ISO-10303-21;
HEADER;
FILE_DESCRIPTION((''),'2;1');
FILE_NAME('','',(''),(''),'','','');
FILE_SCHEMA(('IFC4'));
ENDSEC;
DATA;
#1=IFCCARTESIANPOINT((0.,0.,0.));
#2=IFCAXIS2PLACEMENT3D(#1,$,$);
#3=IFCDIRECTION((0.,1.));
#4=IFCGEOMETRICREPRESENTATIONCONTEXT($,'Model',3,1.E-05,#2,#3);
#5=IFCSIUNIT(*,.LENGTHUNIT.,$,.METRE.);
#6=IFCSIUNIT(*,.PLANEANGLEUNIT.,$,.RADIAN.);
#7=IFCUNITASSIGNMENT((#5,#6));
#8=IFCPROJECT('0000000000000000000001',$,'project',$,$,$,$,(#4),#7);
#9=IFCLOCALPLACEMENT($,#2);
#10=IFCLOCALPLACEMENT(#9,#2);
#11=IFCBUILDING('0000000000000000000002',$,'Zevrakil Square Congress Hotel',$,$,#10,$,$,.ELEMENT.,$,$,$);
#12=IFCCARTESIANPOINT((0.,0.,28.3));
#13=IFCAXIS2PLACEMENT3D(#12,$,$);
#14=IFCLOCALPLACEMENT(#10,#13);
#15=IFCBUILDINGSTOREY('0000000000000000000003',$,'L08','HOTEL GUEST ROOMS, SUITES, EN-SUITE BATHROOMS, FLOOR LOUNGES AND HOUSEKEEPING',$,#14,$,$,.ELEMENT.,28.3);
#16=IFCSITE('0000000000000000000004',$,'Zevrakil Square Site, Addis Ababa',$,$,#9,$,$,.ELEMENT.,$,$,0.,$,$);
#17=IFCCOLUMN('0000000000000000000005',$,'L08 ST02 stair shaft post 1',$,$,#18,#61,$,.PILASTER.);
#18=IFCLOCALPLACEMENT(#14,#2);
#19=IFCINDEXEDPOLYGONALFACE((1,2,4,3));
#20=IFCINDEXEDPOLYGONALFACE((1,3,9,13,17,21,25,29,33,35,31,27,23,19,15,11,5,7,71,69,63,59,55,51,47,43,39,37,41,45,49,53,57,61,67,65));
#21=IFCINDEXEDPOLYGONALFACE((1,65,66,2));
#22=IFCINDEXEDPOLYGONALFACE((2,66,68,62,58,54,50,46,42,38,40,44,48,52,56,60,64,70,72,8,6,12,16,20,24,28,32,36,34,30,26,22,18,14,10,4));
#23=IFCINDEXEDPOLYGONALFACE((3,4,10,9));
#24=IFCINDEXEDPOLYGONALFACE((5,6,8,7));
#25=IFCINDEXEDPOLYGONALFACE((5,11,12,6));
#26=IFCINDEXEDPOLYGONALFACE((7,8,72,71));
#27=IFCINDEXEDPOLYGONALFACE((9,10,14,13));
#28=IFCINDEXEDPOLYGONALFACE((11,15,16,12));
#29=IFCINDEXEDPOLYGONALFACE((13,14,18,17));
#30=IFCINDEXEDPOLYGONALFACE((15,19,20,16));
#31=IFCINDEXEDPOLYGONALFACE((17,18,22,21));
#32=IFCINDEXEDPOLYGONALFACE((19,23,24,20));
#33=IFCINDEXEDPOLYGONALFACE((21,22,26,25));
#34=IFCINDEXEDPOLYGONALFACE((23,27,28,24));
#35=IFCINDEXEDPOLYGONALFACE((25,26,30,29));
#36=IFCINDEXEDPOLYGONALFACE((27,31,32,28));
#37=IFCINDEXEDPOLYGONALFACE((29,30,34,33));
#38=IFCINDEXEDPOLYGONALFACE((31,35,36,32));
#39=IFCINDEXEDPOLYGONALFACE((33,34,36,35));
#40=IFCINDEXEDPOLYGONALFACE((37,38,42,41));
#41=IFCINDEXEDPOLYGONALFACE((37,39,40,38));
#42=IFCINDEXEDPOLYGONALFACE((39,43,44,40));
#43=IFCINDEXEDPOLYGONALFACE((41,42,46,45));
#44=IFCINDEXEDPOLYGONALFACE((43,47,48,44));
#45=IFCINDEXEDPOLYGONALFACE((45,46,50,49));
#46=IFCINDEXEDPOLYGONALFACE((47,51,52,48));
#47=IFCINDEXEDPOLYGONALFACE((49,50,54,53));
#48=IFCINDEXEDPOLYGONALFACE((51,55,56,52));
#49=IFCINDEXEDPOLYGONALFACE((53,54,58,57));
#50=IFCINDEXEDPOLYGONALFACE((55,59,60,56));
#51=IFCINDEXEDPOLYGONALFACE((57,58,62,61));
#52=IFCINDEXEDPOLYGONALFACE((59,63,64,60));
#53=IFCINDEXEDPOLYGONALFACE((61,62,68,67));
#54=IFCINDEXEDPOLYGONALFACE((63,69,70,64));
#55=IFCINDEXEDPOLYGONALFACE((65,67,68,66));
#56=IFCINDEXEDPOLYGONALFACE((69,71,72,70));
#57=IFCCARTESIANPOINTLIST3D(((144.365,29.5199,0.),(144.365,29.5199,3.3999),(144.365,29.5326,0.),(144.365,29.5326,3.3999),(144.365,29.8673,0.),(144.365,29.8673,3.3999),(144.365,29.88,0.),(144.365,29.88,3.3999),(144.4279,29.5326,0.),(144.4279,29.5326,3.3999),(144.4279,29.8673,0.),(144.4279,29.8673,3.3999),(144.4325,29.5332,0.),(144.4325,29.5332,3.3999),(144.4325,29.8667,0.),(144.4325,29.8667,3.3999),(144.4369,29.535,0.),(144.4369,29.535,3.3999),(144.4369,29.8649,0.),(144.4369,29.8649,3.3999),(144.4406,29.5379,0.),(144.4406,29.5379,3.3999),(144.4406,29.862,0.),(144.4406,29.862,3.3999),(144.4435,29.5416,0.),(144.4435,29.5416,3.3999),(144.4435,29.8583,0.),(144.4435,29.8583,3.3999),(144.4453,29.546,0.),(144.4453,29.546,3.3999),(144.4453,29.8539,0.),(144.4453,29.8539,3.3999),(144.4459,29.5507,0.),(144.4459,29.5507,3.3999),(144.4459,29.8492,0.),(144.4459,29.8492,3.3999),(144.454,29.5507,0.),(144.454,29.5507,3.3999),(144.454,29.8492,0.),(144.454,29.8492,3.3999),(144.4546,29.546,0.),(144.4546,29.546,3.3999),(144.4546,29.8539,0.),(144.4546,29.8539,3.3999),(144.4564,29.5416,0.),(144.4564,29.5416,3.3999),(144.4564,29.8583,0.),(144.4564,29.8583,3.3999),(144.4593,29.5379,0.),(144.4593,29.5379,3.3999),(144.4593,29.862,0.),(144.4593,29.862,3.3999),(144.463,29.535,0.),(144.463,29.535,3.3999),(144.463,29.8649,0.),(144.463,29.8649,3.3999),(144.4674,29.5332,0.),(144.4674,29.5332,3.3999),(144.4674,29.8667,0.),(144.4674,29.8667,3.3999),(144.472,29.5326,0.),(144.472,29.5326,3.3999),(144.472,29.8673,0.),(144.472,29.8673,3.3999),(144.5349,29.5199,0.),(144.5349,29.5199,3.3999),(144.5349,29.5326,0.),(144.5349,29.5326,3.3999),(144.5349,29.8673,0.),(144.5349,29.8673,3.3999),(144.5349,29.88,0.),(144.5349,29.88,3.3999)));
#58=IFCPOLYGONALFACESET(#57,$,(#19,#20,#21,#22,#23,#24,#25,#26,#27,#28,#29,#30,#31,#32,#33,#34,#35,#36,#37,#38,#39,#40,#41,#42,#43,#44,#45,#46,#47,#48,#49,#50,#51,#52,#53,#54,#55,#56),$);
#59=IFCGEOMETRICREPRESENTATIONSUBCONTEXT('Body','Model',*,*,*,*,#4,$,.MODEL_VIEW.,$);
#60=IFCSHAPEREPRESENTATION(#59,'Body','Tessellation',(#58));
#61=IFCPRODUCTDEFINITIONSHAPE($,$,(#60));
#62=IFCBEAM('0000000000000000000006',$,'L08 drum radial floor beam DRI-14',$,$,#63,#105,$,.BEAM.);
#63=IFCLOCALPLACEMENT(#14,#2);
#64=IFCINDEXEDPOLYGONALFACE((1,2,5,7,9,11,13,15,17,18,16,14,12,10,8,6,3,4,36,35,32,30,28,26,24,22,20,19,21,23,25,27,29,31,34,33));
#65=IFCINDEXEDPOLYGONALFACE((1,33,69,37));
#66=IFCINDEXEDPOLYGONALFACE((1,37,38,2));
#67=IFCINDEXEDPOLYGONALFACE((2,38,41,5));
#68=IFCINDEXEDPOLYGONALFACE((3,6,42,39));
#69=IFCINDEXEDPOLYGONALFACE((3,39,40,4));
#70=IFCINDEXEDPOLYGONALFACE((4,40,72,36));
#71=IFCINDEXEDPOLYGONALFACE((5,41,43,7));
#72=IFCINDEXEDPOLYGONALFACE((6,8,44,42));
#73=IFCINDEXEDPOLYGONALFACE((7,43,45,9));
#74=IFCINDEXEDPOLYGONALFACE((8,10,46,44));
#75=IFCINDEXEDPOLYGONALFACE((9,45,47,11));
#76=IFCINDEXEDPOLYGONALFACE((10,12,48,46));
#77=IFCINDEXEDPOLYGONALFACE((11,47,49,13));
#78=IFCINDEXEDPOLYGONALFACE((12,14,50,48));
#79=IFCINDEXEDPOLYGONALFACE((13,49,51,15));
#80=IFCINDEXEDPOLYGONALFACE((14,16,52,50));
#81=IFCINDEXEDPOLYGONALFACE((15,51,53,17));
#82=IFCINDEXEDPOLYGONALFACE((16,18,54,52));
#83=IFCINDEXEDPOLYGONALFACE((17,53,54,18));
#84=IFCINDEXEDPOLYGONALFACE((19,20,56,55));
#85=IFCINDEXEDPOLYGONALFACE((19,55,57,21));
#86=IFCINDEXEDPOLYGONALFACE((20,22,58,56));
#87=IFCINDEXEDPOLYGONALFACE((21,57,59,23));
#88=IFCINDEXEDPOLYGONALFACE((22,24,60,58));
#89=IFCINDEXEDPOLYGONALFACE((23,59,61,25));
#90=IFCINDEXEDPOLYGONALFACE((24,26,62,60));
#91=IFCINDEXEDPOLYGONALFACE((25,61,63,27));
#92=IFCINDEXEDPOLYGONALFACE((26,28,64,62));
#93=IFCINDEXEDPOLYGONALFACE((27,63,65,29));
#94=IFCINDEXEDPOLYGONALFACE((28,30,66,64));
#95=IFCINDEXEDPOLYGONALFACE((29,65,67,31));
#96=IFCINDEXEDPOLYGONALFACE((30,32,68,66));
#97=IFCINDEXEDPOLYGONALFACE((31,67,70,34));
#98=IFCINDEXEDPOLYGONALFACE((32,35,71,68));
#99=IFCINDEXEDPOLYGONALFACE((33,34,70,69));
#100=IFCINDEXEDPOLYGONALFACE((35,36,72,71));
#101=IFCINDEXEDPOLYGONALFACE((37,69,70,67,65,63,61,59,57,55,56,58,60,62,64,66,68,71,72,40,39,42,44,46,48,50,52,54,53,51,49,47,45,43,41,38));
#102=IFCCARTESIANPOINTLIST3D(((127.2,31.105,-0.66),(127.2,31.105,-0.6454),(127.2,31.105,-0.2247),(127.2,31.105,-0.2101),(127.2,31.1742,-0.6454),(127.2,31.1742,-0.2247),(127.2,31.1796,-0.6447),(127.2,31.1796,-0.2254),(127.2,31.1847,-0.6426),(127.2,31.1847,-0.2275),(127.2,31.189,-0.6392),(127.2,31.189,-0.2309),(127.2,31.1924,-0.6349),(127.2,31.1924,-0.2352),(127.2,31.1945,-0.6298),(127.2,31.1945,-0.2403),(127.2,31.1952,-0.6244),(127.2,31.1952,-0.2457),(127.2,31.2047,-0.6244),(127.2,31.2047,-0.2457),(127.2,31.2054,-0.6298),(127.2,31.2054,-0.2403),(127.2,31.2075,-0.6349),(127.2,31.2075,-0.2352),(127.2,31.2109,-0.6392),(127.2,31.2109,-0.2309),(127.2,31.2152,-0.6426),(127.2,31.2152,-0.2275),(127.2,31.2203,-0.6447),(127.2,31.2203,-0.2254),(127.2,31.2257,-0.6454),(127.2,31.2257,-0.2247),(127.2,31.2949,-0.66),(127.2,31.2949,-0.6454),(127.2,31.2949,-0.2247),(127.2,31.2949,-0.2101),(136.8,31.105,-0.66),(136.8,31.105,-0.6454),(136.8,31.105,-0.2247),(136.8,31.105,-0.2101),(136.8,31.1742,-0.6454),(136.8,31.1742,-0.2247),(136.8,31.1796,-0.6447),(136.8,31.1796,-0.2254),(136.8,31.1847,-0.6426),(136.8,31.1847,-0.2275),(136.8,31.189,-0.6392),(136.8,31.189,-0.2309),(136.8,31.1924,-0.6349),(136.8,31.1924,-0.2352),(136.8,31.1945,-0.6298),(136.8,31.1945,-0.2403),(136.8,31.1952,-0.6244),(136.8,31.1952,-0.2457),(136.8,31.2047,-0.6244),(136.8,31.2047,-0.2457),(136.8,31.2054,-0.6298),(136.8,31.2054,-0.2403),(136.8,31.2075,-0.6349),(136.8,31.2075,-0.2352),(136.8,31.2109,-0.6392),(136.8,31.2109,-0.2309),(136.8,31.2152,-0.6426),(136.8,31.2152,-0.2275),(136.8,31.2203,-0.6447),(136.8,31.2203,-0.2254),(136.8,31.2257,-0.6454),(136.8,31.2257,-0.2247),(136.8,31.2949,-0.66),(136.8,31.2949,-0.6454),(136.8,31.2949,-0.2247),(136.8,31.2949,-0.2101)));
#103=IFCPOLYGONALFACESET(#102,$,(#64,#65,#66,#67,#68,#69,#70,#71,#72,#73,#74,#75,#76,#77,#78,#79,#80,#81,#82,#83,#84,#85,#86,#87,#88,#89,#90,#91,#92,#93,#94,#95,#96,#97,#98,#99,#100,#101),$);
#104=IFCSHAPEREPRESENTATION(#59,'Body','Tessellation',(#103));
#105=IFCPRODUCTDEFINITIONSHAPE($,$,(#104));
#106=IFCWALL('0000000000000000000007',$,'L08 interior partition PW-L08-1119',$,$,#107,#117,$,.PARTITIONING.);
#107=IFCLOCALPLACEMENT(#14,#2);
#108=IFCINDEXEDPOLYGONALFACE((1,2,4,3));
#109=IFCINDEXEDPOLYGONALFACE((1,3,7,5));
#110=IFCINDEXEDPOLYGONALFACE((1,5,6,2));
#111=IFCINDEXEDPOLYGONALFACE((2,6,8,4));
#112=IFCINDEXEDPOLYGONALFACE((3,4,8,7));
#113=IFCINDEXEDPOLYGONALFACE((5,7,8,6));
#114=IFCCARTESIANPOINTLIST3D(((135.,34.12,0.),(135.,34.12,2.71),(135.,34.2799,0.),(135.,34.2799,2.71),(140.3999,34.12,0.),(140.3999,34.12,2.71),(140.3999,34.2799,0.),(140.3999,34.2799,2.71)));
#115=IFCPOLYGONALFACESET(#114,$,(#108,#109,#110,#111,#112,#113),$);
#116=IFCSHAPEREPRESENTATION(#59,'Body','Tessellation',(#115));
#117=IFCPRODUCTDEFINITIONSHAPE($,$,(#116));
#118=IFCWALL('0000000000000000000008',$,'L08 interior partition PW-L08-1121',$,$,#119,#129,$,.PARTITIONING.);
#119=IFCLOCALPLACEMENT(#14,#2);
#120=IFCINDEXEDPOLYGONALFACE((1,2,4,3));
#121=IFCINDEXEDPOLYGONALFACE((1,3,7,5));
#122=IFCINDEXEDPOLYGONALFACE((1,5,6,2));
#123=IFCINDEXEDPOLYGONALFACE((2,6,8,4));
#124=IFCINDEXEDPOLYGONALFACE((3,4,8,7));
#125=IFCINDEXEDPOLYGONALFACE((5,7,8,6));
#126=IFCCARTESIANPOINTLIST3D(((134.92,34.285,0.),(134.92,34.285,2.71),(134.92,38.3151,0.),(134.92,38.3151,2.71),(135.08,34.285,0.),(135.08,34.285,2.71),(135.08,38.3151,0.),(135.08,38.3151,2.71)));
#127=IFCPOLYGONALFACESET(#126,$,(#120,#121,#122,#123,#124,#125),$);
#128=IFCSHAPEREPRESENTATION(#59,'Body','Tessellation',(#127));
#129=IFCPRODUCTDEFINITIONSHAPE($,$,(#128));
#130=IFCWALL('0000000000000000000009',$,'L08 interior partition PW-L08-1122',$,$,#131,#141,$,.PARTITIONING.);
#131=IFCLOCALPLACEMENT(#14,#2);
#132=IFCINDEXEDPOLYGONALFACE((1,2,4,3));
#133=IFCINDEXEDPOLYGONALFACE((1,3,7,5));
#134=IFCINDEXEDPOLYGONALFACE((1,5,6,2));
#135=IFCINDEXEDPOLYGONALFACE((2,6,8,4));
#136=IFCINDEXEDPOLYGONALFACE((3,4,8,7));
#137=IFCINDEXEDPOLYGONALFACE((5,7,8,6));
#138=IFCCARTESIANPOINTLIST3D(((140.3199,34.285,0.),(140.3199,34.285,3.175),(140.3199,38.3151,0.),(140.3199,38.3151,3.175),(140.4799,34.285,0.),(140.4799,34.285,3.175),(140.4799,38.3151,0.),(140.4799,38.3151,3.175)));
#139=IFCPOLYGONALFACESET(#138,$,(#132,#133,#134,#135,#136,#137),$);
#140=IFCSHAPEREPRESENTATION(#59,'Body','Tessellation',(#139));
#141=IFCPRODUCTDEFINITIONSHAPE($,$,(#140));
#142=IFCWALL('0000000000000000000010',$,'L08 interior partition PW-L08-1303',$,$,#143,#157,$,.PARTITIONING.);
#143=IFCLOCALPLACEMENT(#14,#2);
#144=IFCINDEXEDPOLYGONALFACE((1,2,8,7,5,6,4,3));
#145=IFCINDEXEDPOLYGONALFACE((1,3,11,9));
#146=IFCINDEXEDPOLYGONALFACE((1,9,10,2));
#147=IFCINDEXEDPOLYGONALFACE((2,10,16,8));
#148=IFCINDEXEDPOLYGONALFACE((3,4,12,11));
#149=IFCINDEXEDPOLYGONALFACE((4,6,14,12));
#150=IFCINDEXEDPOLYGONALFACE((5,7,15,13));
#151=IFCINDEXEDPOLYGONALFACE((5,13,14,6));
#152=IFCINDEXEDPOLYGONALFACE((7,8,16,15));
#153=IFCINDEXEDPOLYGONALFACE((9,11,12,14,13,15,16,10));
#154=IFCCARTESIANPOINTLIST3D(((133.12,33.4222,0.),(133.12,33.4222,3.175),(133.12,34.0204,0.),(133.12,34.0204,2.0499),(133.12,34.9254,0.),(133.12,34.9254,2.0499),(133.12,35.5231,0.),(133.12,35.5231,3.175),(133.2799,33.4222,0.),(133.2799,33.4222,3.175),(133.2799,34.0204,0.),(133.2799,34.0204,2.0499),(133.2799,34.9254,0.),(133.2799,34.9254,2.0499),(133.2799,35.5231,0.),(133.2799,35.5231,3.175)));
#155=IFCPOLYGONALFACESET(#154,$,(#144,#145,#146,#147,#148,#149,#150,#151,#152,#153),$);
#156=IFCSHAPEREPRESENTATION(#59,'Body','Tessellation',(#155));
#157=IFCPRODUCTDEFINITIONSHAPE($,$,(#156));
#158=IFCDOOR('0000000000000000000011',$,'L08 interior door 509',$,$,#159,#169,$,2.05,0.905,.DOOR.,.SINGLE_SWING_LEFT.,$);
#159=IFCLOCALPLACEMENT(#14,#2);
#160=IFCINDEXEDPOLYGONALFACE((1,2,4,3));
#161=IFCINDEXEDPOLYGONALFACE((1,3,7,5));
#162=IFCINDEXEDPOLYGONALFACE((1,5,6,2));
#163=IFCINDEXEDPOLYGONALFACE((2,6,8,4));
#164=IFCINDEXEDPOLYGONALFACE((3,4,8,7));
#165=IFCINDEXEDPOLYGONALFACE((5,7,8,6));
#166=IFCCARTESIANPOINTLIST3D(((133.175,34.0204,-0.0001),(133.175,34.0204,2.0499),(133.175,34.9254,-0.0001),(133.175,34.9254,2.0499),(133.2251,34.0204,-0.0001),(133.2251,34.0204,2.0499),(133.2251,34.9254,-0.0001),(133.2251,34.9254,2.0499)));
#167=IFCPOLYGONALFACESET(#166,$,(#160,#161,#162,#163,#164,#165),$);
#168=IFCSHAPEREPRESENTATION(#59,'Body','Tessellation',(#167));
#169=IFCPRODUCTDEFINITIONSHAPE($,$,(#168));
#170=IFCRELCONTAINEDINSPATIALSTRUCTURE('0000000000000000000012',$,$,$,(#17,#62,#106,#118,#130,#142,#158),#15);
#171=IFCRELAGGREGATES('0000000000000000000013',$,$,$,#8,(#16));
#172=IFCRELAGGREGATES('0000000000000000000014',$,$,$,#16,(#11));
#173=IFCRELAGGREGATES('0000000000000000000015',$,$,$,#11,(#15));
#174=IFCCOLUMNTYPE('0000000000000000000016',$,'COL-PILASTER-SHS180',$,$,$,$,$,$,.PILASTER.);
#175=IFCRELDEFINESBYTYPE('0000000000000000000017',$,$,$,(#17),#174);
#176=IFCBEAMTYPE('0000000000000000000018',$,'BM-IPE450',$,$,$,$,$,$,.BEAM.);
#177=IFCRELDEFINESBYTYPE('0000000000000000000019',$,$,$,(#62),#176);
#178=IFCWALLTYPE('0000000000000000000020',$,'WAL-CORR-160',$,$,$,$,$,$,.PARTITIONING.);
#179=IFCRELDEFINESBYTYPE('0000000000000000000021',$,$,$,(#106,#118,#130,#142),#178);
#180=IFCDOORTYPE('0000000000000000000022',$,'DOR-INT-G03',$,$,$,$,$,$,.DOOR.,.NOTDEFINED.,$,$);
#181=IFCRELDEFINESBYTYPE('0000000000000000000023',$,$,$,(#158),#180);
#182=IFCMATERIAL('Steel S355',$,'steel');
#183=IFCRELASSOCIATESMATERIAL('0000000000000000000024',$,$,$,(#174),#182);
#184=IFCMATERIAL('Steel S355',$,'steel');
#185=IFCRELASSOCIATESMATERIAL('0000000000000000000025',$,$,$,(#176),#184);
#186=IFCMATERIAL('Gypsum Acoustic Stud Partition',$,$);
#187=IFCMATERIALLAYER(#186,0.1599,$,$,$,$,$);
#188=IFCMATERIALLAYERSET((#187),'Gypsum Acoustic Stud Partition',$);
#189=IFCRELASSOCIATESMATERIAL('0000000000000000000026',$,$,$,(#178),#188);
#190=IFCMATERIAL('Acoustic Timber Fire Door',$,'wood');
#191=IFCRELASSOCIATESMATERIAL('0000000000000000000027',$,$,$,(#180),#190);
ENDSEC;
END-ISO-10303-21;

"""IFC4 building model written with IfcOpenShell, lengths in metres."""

from ifc_helpers import new_model, si_unit, direction, frame, frame_2d, origin, origin_2d, place, context, subcontext, project, spatial, rectangle, i_section, extrude, material, layer, layer_set, material_profile, profile_set, type_object, element, fill, save


model = new_model("IFC4")

# Units and contexts
model_context = context("Model", 3, precision=1e-05, world=origin(), true_north=direction((0.0, 1.0)))
body_context = subcontext(model_context, "Body", "Model", "MODEL_VIEW")
ifc_project = project(units=[si_unit("LENGTHUNIT", "METRE"), si_unit("PLANEANGLEUNIT", "RADIAN")], contexts=[model_context])

# Site, building, storey
site_placement = place(None, origin())
site = spatial("IfcSite", under=ifc_project, at=site_placement, Name="Zevrakil Square Site, Addis Ababa", CompositionType="ELEMENT", RefElevation=0.0)
building_placement = place(site_placement, origin())
building = spatial("IfcBuilding", under=site, at=building_placement, Name="Zevrakil Square Congress Hotel", CompositionType="ELEMENT")
storey_placement = place(building_placement, frame((0.0, 0.0, 28.3)))
storey = spatial("IfcBuildingStorey", under=building, at=storey_placement, Name="L08", Description="HOTEL GUEST ROOMS, SUITES, EN-SUITE BATHROOMS, FLOOR LOUNGES AND HOUSEKEEPING", CompositionType="ELEMENT", Elevation=28.3)

# Column
ifc_material_1 = material(Name="Steel S355", Category="steel")
ifc_material_profile_1 = material_profile(ifc_material_1, i_section(OverallWidth=0.1699, OverallDepth=0.3601, WebThickness=0.0081, FlangeThickness=0.0127, FilletRadius=0.0181, at=origin_2d()), Name="IPE 360")
ifc_profile_set_1 = profile_set([ifc_material_profile_1], Name="Steel S355")
column_type = type_object("IfcColumnType", Name="COL-PILASTER-SHS180", PredefinedType="PILASTER", material=ifc_profile_set_1)
column_placement = place(storey_placement, frame((144.45, 29.7, 0.0), z_axis=(0.0, 0.0, 1.0), x_axis=(1.0, 0.0, 0.0)))
element("IfcColumn", 1, at=column_placement, inside=storey, type_object=column_type, Name="L08 ST02 stair shaft post 1", PredefinedType="PILASTER", context=body_context, shape_type="SweptSolid", body=[
    extrude(i_section(OverallWidth=0.1699, OverallDepth=0.3601, WebThickness=0.0081, FlangeThickness=0.0127, FilletRadius=0.0181, at=origin_2d()), origin(), (0.0, 0.0, 1.0), 3.3999),
])

# Beam
ifc_material_2 = material(Name="Steel S355", Category="steel")
ifc_material_profile_2 = material_profile(ifc_material_2, i_section(OverallWidth=0.1899, OverallDepth=0.45, WebThickness=0.0095, FlangeThickness=0.0146, FilletRadius=0.021, at=origin_2d()), Name="IPE 450")
ifc_profile_set_2 = profile_set([ifc_material_profile_2], Name="Steel S355")
beam_type = type_object("IfcBeamType", Name="BM-IPE450", PredefinedType="BEAM", material=ifc_profile_set_2)
beam_placement = place(storey_placement, frame((136.8, 31.2, -0.4351), z_axis=(-1.0, 0.0, 0.0), x_axis=(0.0, -1.0, 0.0)))
element("IfcBeam", 2, at=beam_placement, inside=storey, type_object=beam_type, Name="L08 drum radial floor beam DRI-14", PredefinedType="BEAM", context=body_context, shape_type="SweptSolid", body=[
    extrude(i_section(OverallWidth=0.1899, OverallDepth=0.45, WebThickness=0.0095, FlangeThickness=0.0146, FilletRadius=0.021, at=origin_2d()), origin(), (0.0, 0.0, 1.0), 9.6001),
])

# Walls
ifc_material_3 = material(Name="Gypsum Acoustic Stud Partition")
ifc_layer_1 = layer(ifc_material_3, 0.1599)
ifc_layer_set_1 = layer_set([ifc_layer_1], Name="Gypsum Acoustic Stud Partition")
wall_type_1 = type_object("IfcWallType", Name="WAL-CORR-160", PredefinedType="PARTITIONING", material=ifc_layer_set_1)
wall_1_placement = place(storey_placement, frame((135.0, 34.2, 0.0), z_axis=(0.0, 0.0, 1.0), x_axis=(1.0, 0.0, 0.0)))
element("IfcWall", 3, at=wall_1_placement, inside=storey, type_object=wall_type_1, Name="L08 interior partition PW-L08-1119", PredefinedType="PARTITIONING", context=body_context, shape_type="SweptSolid", body=[
    extrude(rectangle(XDim=5.3999, YDim=0.1599, at=frame_2d((2.7, 0.0))), origin(), (0.0, 0.0, 1.0), 2.71),
])
wall_2_placement = place(storey_placement, frame((135.0, 34.2849, 0.0), z_axis=(0.0, 0.0, 1.0), x_axis=(0.0, 1.0, 0.0)))
element("IfcWall", 4, at=wall_2_placement, inside=storey, type_object=wall_type_1, Name="L08 interior partition PW-L08-1121", PredefinedType="PARTITIONING", context=body_context, shape_type="SweptSolid", body=[
    extrude(rectangle(XDim=4.03, YDim=0.1599, at=frame_2d((2.0151, 0.0))), origin(), (0.0, 0.0, 1.0), 2.71),
])
wall_3_placement = place(storey_placement, frame((140.3999, 34.2849, 0.0), z_axis=(0.0, 0.0, 1.0), x_axis=(0.0, 1.0, 0.0)))
element("IfcWall", 5, at=wall_3_placement, inside=storey, type_object=wall_type_1, Name="L08 interior partition PW-L08-1122", PredefinedType="PARTITIONING", context=body_context, shape_type="SweptSolid", body=[
    extrude(rectangle(XDim=4.03, YDim=0.1599, at=frame_2d((2.0151, 0.0))), origin(), (0.0, 0.0, 1.0), 3.175),
])

# Wall, opening, door
wall_4_placement = place(storey_placement, frame((133.2, 33.4224, 0.0), z_axis=(0.0, 0.0, 1.0), x_axis=(0.0, 1.0, 0.0)))
wall_4 = element("IfcWall", 6, at=wall_4_placement, inside=storey, type_object=wall_type_1, Name="L08 interior partition PW-L08-1303", PredefinedType="PARTITIONING", context=body_context, shape_type="SweptSolid", body=[
    extrude(rectangle(XDim=2.1008, YDim=0.1599, at=frame_2d((1.0503, 0.0))), origin(), (0.0, 0.0, 1.0), 3.175),
])
opening_1_placement = place(wall_4_placement, frame((0.5979, 0.0, 0.0)))
opening_1 = element("IfcOpeningElement", 7, at=opening_1_placement, cuts=wall_4, PredefinedType="OPENING", context=body_context, shape_type="SweptSolid", body=[
    extrude(rectangle(XDim=0.905, YDim=2.05, at=frame_2d((0.4526, 1.0249))), frame((0.0, 0.0898, 0.0), z_axis=(0.0, -1.0, 0.0), x_axis=(1.0, 0.0, 0.0)), (0.0, 0.0, 1.0), 0.1799),
])
ifc_material_4 = material(Name="Acoustic Timber Fire Door", Category="wood")
door_type_1 = type_object("IfcDoorType", Name="DOR-INT-G03", OperationType="NOTDEFINED", PredefinedType="DOOR", material=ifc_material_4)
door_1_placement = place(opening_1_placement, origin())
door_1 = element("IfcDoor", 8, at=door_1_placement, inside=storey, type_object=door_type_1, Name="L08 interior door 509", OperationType="SINGLE_SWING_LEFT", OverallHeight=2.05, OverallWidth=0.905, PredefinedType="DOOR", context=body_context, shape_type="SweptSolid", body=[
    extrude(rectangle(XDim=0.905, YDim=2.05, at=frame_2d((0.4526, 1.0249))), frame((0.0, 0.0249, 0.0), z_axis=(0.0, -1.0, 0.0), x_axis=(1.0, 0.0, 0.0)), (0.0, 0.0, 1.0), 0.05),
])
fill(opening_1, door_1)

save(model, "model.ifc")
